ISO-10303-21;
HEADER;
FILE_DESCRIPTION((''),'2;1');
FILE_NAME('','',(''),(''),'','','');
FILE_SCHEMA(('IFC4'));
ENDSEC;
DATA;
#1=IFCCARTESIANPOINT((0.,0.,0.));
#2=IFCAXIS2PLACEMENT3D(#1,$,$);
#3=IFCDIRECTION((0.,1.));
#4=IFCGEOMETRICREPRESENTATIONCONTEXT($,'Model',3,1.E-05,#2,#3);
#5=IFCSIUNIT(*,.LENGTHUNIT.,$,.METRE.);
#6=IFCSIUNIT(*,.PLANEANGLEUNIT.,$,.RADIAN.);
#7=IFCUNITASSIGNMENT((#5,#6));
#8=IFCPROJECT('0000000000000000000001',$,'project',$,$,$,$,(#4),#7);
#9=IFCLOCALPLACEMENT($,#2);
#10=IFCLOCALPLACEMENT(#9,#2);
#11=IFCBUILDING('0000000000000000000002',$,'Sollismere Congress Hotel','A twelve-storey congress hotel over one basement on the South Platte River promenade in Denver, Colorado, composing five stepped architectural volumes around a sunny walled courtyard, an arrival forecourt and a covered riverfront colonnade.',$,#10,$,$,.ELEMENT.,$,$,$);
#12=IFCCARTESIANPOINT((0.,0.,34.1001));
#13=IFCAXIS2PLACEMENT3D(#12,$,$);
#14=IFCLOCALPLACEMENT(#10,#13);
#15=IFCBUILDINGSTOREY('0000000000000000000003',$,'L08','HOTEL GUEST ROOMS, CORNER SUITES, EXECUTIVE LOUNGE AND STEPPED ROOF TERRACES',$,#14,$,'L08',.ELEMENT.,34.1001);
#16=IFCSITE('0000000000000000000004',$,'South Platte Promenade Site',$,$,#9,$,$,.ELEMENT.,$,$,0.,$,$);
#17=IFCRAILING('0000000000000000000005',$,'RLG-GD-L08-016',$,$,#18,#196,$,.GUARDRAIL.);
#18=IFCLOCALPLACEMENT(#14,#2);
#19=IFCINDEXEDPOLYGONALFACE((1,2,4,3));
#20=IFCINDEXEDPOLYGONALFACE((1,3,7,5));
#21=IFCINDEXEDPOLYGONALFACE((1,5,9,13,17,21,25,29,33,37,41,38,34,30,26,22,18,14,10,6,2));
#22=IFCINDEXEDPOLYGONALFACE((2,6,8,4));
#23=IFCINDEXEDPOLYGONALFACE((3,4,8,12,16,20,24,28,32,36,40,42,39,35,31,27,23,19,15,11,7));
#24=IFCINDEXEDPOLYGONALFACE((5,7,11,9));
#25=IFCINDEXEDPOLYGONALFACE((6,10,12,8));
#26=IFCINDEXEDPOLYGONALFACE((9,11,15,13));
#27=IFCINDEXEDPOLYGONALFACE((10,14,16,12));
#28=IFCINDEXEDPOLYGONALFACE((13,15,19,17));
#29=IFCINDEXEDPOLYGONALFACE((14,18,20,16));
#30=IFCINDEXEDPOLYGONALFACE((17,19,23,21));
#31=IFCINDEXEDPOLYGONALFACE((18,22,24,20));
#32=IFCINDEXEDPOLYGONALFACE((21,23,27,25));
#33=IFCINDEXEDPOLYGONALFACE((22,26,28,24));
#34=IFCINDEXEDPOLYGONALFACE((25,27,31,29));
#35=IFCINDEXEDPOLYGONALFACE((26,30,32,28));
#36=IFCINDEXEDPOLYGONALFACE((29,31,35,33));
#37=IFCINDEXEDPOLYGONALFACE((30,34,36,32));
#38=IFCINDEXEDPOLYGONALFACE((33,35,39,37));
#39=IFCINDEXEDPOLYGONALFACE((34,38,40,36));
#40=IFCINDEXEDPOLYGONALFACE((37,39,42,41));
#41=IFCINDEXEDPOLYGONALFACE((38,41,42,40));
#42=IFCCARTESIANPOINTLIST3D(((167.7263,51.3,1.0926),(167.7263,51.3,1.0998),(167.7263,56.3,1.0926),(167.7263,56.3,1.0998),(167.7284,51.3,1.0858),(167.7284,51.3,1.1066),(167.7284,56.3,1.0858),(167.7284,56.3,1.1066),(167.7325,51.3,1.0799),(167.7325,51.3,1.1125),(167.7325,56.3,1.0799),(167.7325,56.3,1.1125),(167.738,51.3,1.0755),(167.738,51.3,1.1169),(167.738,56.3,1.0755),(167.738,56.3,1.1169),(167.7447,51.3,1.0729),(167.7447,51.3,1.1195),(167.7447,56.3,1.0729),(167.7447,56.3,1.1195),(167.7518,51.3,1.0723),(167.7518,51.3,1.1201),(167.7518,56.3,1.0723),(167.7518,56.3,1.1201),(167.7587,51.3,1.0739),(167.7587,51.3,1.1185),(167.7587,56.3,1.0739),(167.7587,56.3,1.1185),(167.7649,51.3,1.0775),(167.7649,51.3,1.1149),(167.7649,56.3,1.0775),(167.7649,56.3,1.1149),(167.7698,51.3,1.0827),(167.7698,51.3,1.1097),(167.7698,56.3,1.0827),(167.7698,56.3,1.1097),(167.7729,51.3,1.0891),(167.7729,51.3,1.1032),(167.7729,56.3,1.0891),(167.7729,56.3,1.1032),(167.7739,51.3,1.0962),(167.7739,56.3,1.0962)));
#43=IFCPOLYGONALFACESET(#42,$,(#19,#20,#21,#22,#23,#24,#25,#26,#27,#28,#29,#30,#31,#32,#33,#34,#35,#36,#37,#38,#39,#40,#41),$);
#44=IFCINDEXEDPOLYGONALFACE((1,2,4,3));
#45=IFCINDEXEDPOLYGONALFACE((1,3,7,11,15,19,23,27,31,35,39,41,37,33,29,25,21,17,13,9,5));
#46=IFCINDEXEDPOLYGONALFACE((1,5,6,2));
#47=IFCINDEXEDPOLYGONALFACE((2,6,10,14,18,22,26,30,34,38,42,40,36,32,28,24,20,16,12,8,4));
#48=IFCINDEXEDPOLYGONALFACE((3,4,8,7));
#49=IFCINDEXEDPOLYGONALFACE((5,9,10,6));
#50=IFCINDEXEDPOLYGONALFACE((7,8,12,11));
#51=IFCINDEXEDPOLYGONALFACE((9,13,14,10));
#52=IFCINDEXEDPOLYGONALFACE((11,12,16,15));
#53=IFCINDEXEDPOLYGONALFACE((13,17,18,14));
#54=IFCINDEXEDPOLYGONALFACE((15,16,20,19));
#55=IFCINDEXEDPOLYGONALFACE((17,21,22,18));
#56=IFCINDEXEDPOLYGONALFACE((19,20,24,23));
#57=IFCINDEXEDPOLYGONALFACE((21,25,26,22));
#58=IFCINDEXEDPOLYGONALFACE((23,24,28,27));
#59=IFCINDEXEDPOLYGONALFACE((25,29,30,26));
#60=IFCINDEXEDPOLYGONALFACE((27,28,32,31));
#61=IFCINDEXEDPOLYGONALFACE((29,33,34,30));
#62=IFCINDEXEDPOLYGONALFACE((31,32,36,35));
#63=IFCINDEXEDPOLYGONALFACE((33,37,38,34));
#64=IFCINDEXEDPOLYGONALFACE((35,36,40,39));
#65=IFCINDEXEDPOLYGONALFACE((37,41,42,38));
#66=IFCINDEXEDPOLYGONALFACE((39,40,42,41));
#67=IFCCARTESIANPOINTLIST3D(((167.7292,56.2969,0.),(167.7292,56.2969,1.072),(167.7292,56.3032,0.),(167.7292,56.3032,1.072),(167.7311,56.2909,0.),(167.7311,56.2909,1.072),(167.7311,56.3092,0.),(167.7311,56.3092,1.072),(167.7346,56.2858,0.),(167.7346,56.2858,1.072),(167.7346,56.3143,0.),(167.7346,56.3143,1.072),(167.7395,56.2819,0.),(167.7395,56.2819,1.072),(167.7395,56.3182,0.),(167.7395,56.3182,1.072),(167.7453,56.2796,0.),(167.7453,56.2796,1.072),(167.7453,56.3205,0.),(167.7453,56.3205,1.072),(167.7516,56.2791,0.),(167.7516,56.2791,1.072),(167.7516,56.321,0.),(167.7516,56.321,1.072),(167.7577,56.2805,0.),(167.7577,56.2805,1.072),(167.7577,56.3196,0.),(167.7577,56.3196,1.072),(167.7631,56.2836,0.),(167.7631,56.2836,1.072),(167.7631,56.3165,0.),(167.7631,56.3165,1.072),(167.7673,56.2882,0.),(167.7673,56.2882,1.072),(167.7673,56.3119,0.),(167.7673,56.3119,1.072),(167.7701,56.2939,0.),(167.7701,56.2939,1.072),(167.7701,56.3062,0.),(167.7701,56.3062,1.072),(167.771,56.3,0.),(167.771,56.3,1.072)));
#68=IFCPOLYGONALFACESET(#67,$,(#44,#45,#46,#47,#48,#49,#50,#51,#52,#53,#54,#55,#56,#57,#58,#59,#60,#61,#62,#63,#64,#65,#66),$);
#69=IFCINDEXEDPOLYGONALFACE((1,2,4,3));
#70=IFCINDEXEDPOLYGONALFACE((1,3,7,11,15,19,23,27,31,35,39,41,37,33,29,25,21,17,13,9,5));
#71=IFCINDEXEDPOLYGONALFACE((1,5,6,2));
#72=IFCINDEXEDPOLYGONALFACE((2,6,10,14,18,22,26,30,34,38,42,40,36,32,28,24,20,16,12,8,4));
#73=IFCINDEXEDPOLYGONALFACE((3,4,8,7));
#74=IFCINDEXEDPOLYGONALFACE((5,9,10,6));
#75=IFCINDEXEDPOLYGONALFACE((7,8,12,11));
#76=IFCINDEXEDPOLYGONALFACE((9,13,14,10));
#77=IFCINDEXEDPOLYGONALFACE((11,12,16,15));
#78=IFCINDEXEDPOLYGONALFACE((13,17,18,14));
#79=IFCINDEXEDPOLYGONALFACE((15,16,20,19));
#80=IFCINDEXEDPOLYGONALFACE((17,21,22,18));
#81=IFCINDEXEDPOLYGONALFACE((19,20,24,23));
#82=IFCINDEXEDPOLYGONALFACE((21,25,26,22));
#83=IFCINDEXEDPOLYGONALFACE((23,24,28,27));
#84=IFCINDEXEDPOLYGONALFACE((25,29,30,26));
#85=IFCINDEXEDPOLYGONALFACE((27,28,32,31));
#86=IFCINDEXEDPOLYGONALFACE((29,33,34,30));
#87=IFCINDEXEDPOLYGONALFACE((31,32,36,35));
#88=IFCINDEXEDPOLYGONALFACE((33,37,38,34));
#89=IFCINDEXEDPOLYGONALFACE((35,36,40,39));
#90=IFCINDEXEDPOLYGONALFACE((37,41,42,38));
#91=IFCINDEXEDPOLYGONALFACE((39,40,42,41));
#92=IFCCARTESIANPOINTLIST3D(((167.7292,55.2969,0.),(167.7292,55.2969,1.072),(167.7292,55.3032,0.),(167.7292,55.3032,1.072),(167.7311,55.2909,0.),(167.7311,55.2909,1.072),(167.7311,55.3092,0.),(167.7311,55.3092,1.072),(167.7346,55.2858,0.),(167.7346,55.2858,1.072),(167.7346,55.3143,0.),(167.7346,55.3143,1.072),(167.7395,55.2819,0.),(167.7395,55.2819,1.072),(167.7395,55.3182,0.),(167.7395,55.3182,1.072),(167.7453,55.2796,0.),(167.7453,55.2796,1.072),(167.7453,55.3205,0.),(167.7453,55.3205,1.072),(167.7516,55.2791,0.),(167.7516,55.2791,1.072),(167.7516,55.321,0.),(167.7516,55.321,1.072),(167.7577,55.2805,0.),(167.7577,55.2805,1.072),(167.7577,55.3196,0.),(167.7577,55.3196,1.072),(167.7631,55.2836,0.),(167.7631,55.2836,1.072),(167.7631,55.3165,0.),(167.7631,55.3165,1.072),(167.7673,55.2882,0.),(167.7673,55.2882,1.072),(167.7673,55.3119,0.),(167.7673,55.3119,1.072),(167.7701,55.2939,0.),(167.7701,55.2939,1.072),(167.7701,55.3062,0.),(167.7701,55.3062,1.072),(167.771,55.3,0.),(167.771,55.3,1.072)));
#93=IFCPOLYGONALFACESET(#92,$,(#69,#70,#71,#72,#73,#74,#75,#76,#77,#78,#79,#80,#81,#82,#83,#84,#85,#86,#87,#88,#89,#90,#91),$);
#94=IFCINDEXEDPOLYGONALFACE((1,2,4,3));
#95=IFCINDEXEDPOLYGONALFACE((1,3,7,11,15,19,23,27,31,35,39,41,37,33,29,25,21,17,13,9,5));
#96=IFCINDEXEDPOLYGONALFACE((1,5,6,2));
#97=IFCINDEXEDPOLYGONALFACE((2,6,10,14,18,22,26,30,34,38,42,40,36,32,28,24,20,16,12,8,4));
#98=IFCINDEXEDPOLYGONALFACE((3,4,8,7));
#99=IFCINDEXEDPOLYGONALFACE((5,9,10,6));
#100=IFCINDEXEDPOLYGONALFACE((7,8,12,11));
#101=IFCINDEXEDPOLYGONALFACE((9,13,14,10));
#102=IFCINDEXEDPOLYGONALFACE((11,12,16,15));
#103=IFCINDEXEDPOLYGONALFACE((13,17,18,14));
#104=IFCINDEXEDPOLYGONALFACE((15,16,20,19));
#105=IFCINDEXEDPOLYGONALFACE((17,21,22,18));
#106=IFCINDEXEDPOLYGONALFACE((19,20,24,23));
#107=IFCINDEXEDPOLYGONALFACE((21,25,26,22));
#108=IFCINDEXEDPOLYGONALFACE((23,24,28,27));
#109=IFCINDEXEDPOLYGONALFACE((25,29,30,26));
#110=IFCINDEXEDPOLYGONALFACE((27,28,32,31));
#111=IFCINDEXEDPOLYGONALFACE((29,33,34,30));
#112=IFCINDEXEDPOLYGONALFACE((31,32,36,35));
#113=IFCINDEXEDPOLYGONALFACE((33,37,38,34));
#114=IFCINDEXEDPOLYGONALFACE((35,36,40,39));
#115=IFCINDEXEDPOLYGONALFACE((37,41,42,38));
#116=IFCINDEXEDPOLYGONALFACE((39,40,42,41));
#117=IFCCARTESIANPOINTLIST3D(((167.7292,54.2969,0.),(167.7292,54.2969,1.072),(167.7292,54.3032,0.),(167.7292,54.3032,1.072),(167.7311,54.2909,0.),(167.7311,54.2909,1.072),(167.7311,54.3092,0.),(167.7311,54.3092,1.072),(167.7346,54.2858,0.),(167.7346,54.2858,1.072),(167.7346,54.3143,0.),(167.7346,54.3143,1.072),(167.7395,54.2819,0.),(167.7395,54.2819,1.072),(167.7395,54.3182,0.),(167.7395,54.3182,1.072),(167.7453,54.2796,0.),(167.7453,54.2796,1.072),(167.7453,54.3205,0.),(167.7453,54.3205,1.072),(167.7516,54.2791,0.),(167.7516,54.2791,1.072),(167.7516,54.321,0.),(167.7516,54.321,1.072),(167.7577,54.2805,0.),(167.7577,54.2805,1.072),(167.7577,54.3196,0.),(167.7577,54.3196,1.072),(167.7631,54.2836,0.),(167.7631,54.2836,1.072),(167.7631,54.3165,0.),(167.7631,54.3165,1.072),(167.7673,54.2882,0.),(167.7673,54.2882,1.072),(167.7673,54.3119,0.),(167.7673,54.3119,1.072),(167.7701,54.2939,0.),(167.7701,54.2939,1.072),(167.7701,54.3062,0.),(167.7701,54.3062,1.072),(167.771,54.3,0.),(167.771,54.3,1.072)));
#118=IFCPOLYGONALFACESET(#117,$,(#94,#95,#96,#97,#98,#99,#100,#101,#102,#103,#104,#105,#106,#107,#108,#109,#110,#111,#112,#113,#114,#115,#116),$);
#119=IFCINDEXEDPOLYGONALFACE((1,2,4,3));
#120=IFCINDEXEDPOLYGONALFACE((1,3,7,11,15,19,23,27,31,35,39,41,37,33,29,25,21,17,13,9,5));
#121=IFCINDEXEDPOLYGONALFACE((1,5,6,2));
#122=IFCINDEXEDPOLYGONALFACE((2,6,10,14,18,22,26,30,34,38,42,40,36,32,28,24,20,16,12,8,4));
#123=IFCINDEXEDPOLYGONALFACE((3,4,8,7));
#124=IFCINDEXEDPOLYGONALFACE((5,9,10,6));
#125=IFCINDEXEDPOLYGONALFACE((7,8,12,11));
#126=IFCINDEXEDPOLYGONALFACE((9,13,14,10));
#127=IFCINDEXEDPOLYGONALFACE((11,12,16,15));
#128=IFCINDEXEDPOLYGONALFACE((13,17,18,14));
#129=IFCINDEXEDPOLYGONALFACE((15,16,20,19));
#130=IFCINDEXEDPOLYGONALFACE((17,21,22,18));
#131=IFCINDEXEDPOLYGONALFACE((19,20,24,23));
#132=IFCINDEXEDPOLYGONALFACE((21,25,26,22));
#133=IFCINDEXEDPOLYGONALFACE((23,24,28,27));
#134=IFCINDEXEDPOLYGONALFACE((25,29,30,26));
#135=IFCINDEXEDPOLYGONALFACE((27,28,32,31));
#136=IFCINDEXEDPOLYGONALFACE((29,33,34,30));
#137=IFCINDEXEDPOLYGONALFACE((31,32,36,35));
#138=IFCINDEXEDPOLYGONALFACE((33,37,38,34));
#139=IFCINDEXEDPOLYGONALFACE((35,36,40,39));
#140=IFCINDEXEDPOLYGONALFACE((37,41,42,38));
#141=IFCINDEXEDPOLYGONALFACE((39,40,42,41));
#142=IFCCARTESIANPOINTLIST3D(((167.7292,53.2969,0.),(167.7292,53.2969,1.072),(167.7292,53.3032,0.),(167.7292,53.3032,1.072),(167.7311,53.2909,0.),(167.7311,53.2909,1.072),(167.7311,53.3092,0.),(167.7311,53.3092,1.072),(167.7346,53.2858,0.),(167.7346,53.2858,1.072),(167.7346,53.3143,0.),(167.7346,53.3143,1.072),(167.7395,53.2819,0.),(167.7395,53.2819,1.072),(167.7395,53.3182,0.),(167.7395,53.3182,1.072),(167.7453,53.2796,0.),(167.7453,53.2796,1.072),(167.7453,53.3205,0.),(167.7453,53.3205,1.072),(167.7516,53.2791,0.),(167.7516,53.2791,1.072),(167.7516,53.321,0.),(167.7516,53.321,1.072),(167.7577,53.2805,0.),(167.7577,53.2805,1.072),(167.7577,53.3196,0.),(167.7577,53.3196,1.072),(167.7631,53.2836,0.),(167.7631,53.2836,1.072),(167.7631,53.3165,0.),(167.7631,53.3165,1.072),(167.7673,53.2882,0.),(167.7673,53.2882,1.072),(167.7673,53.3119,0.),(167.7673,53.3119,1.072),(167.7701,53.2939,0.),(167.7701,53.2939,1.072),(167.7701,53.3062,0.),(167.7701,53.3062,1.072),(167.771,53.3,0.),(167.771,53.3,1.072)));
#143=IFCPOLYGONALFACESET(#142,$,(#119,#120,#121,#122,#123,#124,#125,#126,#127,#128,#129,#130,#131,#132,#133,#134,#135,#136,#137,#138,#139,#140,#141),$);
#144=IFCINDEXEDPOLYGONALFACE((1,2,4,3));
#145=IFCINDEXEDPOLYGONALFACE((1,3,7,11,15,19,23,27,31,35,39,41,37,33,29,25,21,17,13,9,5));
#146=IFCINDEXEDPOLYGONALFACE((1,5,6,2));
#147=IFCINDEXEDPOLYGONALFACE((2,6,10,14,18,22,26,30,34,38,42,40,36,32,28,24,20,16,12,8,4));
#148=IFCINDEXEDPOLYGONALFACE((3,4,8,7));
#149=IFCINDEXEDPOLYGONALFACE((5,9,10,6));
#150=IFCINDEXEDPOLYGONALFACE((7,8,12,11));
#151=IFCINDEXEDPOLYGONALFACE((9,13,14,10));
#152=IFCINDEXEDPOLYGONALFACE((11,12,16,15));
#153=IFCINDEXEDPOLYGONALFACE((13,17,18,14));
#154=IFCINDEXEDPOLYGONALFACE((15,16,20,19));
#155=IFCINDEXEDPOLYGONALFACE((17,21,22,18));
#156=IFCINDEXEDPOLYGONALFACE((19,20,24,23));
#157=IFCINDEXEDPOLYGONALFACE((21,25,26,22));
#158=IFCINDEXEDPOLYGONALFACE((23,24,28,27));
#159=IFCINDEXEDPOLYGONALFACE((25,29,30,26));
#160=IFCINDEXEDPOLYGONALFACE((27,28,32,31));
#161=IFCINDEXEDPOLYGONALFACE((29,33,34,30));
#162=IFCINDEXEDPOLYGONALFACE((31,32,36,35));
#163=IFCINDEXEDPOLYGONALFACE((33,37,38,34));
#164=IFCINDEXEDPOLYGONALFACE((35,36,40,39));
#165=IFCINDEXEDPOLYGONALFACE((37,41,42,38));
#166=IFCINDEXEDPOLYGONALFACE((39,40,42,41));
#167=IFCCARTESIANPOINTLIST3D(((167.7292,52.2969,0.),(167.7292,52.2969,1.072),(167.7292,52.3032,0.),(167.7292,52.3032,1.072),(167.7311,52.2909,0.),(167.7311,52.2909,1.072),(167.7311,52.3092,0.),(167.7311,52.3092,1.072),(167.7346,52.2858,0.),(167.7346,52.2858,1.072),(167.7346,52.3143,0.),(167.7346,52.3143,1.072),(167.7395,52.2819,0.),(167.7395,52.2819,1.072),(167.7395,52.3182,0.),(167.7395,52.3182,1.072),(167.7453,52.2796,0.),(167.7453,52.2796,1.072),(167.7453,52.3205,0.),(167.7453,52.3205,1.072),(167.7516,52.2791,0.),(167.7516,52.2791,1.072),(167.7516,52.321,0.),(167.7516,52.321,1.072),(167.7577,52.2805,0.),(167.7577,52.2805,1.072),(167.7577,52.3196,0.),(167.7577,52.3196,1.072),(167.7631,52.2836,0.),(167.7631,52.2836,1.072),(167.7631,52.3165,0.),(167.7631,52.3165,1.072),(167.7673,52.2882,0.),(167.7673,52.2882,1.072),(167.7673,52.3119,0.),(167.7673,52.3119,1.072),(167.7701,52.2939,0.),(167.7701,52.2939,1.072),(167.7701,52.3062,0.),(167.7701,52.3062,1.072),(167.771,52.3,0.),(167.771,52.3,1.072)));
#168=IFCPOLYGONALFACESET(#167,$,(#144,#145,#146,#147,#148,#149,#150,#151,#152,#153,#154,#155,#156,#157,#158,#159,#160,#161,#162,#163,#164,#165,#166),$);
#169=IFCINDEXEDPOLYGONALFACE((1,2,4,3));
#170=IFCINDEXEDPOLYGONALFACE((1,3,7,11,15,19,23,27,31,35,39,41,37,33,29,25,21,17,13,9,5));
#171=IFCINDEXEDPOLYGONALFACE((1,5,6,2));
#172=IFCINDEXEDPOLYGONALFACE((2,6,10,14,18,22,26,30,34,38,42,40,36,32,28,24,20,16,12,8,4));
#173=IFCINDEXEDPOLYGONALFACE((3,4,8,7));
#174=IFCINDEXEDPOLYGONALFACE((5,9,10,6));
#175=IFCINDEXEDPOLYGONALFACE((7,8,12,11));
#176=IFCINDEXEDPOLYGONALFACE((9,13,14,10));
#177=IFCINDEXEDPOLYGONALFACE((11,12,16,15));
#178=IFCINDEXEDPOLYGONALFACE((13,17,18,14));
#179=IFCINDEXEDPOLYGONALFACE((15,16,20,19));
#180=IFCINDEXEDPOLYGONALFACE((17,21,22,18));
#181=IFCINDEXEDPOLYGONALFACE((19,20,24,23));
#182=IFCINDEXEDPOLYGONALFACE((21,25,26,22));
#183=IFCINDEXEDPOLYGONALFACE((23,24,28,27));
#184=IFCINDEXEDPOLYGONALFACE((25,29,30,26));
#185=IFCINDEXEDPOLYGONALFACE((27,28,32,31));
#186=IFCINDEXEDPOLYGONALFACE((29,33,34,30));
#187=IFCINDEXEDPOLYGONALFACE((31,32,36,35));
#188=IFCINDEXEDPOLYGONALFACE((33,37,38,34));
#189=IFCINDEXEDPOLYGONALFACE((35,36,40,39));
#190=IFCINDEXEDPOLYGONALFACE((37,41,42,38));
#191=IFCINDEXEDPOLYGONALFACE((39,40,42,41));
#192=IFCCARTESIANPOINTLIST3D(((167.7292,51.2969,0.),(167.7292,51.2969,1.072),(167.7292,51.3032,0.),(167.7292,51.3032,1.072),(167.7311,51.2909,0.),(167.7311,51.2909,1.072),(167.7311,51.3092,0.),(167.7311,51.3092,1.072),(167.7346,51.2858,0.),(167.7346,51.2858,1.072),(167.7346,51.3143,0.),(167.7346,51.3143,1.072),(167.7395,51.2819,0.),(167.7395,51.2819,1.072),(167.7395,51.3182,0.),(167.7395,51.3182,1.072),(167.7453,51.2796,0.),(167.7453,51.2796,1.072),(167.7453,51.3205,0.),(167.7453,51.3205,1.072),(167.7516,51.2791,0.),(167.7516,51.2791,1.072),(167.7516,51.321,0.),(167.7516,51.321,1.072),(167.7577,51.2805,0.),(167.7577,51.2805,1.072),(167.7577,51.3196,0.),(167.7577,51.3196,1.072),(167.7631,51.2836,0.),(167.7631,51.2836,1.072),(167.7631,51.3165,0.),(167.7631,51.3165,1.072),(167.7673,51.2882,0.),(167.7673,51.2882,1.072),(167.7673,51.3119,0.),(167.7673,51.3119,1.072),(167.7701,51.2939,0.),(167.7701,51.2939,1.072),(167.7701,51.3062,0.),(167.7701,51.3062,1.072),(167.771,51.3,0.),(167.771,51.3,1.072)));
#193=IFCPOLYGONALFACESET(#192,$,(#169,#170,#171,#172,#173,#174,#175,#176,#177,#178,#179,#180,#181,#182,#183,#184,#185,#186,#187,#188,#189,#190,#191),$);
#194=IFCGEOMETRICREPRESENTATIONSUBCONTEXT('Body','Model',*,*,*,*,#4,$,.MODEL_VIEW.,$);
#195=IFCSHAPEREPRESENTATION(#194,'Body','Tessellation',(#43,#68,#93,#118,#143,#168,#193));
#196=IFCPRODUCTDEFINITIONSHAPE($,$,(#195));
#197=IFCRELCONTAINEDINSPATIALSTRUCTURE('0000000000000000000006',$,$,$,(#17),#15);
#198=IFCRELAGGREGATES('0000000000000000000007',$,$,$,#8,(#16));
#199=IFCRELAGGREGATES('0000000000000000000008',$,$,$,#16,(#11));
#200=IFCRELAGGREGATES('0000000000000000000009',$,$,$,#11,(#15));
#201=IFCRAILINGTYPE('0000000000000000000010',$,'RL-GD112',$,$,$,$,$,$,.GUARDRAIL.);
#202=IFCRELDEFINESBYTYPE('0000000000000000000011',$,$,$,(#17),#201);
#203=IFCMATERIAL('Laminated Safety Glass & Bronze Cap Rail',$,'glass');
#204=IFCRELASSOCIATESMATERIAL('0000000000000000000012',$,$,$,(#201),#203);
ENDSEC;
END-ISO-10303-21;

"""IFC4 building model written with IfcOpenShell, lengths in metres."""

from ifc_helpers import new_model, si_unit, direction, frame, origin, origin_2d, place, context, subcontext, project, spatial, circle, extrude, material, type_object, element, save


model = new_model("IFC4")

# Units and contexts
model_context = context("Model", 3, precision=1e-05, world=origin(), true_north=direction((0.0, 1.0)))
body_context = subcontext(model_context, "Body", "Model", "MODEL_VIEW")
ifc_project = project(units=[si_unit("LENGTHUNIT", "METRE"), si_unit("PLANEANGLEUNIT", "RADIAN")], contexts=[model_context])

# Site, building, storey
site_placement = place(None, origin())
site = spatial("IfcSite", under=ifc_project, at=site_placement, Name="South Platte Promenade Site", CompositionType="ELEMENT", RefElevation=0.0)
building_placement = place(site_placement, origin())
building = spatial("IfcBuilding", under=site, at=building_placement, Name="Sollismere Congress Hotel", Description="A twelve-storey congress hotel over one basement on the South Platte River promenade in Denver, Colorado, composing five stepped architectural volumes around a sunny walled courtyard, an arrival forecourt and a covered riverfront colonnade.", CompositionType="ELEMENT")
storey_placement = place(building_placement, frame((0.0, 0.0, 34.1001)))
storey = spatial("IfcBuildingStorey", under=building, at=storey_placement, Name="L08", Description="HOTEL GUEST ROOMS, CORNER SUITES, EXECUTIVE LOUNGE AND STEPPED ROOF TERRACES", LongName="L08", CompositionType="ELEMENT", Elevation=34.1001)

# Railing
ifc_material_1 = material(Name="Laminated Safety Glass & Bronze Cap Rail", Category="glass")
railing_type = type_object("IfcRailingType", Name="RL-GD112", PredefinedType="GUARDRAIL", material=ifc_material_1)
railing_1_placement = place(storey_placement, frame((167.75, 56.3, 0.0)))
element("IfcRailing", 1, at=railing_1_placement, inside=storey, type_object=railing_type, Name="RLG-GD-L08-016", PredefinedType="GUARDRAIL", context=body_context, shape_type="SweptSolid", body=[
    extrude(circle(Radius=0.0239, at=origin_2d()), frame((0.0, 0.0, 1.0962), z_axis=(0.0, -1.0, 0.0), x_axis=(1.0, 0.0, 0.0)), (0.0, 0.0, 1.0), 5.0),
    extrude(circle(Radius=0.021, at=origin_2d()), origin(), (0.0, 0.0, 1.0), 1.072),
    extrude(circle(Radius=0.021, at=origin_2d()), frame((0.0, -1.0, 0.0)), (0.0, 0.0, 1.0), 1.072),
    extrude(circle(Radius=0.021, at=origin_2d()), frame((0.0, -2.0, 0.0)), (0.0, 0.0, 1.0), 1.072),
    extrude(circle(Radius=0.021, at=origin_2d()), frame((0.0, -3.0, 0.0)), (0.0, 0.0, 1.0), 1.072),
    extrude(circle(Radius=0.021, at=origin_2d()), frame((0.0, -4.0, 0.0)), (0.0, 0.0, 1.0), 1.072),
    extrude(circle(Radius=0.021, at=origin_2d()), frame((0.0, -5.0, 0.0)), (0.0, 0.0, 1.0), 1.072),
])

save(model, "model.ifc")
